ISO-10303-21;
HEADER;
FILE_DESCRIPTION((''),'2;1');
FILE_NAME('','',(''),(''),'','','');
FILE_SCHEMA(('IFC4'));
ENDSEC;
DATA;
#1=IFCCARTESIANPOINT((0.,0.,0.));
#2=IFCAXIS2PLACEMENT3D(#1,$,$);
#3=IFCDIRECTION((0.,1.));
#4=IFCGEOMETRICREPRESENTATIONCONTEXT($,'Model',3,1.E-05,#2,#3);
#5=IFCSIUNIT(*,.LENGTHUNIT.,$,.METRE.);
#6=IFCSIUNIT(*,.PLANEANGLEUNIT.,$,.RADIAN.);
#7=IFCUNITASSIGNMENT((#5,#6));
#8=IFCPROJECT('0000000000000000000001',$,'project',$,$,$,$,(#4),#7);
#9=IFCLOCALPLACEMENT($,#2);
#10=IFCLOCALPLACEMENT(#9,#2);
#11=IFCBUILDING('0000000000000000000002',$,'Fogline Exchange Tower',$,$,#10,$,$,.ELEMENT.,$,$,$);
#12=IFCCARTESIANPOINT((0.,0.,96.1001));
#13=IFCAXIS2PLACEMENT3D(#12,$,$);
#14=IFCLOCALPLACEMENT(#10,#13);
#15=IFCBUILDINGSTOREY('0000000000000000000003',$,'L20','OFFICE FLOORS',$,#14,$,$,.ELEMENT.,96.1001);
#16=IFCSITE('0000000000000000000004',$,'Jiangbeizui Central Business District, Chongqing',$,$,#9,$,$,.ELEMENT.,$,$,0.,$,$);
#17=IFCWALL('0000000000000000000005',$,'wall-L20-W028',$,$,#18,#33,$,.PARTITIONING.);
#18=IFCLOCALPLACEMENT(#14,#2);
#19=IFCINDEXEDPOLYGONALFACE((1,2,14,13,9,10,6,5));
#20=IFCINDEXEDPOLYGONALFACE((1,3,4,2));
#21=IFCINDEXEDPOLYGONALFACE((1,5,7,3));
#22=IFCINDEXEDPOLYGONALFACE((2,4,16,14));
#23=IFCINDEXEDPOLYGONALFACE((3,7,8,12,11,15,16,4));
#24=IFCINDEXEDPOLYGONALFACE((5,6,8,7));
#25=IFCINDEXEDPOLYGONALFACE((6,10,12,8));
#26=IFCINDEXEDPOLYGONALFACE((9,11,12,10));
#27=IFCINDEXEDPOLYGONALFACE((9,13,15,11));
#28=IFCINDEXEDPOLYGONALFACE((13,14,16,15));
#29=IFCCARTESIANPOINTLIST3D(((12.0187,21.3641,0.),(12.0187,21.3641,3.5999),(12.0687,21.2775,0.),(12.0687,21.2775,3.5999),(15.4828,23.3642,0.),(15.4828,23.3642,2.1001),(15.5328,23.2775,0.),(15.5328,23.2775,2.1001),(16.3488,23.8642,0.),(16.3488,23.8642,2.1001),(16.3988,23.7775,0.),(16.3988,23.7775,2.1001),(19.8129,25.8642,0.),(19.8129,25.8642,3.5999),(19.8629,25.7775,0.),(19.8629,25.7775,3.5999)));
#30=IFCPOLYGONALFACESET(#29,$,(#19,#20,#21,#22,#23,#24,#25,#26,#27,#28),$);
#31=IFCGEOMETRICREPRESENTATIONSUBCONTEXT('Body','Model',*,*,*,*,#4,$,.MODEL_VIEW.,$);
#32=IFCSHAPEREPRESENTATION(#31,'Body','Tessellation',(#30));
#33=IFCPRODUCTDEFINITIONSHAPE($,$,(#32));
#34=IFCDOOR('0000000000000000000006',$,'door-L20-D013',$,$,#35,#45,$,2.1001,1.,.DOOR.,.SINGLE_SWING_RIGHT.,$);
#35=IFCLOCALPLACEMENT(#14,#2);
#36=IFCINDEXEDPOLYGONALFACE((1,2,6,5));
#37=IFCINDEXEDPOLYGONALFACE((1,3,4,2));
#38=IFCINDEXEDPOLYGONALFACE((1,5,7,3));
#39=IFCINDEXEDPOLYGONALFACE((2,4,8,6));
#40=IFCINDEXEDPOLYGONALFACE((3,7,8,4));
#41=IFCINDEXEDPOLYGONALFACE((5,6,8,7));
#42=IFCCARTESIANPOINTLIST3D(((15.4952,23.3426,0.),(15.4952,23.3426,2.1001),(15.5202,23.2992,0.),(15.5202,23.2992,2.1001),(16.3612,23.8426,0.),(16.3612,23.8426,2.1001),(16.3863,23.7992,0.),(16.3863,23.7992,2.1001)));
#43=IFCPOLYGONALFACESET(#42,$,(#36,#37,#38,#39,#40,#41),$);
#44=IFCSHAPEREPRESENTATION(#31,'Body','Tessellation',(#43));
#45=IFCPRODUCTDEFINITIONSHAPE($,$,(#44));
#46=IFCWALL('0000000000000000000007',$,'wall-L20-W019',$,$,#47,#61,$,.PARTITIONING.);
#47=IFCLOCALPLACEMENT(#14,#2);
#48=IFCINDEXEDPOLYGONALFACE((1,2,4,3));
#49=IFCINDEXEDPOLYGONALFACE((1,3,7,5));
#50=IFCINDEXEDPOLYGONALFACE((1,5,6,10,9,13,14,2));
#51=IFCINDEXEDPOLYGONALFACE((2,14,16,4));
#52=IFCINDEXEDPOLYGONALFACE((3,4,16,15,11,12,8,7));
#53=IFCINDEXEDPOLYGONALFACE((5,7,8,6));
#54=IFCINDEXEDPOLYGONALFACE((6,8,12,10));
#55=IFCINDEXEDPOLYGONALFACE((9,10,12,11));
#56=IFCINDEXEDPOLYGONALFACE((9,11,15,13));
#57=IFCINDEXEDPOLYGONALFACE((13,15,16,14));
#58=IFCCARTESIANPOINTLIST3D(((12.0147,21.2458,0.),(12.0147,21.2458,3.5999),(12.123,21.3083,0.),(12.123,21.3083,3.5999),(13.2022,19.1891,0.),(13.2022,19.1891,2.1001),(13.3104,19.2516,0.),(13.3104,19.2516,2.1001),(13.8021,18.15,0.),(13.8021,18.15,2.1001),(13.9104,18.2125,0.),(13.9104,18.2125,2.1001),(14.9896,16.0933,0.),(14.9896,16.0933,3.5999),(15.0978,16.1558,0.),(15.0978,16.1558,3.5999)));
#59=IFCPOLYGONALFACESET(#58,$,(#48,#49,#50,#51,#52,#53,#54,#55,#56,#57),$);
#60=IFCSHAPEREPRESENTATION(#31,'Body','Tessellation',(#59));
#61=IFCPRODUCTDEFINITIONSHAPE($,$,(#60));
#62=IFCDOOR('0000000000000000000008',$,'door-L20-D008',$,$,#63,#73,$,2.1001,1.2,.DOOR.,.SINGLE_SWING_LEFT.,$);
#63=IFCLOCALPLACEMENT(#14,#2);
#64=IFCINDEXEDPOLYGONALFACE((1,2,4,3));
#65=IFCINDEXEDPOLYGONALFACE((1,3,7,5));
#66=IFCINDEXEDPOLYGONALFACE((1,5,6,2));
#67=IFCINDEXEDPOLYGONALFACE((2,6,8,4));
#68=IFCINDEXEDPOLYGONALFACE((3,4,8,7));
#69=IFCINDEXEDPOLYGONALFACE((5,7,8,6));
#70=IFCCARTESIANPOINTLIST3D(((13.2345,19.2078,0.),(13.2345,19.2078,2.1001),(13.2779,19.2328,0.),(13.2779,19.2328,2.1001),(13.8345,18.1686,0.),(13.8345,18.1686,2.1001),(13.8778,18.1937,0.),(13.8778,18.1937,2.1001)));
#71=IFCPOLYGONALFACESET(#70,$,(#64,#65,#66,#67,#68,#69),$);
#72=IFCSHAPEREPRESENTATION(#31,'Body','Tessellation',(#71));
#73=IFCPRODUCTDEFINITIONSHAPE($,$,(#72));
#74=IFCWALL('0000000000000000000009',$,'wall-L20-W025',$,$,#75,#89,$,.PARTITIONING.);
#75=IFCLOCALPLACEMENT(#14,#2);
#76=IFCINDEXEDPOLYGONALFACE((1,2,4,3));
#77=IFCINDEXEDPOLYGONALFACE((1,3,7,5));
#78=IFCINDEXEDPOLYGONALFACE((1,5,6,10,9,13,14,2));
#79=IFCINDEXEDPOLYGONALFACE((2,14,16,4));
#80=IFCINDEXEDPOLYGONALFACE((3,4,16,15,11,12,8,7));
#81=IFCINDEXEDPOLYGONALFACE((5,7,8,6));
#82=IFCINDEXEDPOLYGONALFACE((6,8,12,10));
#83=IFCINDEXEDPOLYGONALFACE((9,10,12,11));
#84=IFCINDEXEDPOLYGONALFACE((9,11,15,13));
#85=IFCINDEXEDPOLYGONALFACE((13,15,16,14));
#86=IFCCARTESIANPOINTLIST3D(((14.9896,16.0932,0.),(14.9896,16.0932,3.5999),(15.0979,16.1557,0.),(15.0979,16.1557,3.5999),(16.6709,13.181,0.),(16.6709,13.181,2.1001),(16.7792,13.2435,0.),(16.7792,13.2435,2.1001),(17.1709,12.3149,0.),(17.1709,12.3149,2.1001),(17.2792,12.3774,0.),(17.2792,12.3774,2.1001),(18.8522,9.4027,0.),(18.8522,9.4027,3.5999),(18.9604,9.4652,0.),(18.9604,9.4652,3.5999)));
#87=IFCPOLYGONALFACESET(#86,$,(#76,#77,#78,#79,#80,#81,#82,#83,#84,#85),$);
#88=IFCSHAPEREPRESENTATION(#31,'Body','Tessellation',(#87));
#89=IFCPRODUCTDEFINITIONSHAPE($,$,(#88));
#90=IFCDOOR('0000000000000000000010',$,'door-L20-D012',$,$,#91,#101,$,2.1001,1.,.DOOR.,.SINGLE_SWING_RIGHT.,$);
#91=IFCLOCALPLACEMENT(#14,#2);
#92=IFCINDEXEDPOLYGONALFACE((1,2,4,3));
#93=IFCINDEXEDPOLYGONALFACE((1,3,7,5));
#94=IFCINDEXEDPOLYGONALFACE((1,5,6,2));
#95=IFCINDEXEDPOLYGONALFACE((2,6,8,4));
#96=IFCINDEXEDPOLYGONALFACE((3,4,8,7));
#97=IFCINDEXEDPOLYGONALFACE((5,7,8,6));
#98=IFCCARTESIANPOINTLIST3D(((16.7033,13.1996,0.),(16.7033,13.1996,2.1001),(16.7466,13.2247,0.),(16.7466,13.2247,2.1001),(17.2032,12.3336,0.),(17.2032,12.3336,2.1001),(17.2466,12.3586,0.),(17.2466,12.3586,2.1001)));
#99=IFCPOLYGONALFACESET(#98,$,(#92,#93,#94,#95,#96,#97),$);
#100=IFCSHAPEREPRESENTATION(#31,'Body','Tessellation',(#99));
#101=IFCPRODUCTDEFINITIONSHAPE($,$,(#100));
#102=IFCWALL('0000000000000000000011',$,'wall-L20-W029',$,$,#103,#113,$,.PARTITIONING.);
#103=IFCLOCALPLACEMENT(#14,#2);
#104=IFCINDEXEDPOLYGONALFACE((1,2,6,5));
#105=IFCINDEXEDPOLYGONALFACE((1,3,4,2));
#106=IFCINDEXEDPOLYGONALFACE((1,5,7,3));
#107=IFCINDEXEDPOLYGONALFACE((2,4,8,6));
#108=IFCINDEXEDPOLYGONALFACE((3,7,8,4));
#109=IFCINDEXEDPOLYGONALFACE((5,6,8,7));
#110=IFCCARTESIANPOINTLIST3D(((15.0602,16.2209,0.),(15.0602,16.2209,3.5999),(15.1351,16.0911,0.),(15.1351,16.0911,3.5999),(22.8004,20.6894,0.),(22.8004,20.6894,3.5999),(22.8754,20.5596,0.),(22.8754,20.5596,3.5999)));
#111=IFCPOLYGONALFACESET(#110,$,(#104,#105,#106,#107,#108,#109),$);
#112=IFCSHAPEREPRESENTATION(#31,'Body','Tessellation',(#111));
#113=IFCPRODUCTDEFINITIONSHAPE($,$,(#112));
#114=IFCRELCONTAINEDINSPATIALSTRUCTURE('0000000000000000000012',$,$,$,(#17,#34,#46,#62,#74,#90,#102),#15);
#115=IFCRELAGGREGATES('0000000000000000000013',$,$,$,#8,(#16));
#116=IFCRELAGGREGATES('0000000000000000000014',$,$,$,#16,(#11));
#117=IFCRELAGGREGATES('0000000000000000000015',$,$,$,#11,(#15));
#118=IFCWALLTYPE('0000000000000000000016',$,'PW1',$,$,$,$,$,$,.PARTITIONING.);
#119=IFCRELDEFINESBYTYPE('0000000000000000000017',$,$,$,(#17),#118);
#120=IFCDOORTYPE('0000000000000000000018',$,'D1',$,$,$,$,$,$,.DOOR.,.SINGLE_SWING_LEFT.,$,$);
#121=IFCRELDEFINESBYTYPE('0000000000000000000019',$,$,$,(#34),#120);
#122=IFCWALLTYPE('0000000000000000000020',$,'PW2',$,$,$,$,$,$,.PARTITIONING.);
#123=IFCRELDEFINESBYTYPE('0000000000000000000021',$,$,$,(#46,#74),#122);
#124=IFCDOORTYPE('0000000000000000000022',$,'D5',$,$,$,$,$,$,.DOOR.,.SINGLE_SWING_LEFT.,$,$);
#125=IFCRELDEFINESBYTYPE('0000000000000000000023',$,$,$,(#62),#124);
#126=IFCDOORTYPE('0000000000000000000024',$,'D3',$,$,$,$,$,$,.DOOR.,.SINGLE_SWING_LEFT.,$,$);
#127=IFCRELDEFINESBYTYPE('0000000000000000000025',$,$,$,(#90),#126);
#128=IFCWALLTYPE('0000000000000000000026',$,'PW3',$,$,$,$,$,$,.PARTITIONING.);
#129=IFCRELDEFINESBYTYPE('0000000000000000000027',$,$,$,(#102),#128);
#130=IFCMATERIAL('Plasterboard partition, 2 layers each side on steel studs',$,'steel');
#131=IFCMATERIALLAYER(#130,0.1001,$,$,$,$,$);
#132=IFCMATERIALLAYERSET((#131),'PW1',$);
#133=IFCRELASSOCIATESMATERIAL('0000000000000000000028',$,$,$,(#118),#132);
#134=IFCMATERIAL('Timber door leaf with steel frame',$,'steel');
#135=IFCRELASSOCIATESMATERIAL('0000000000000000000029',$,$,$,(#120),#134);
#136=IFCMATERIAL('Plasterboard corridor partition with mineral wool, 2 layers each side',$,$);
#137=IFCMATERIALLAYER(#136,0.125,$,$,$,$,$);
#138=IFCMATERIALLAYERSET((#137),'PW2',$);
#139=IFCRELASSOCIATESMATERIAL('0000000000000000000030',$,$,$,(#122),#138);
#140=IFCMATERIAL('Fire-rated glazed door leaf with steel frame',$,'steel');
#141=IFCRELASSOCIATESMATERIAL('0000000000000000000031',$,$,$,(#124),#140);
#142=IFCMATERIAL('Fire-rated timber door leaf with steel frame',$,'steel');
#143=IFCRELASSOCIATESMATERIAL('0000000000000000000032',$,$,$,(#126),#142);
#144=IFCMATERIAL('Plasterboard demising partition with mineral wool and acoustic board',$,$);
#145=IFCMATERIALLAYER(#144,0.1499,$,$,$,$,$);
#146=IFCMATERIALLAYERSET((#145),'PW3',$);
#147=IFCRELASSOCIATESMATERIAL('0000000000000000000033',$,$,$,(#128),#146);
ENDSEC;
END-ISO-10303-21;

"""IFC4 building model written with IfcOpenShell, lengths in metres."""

from ifc_helpers import new_model, si_unit, direction, frame, frame_2d, origin, place, context, subcontext, project, spatial, rectangle, extrude, material, layer, layer_set, type_object, element, fill, save


model = new_model("IFC4")

# Units and contexts
model_context = context("Model", 3, precision=1e-05, world=origin(), true_north=direction((0.0, 1.0)))
body_context = subcontext(model_context, "Body", "Model", "MODEL_VIEW")
ifc_project = project(units=[si_unit("LENGTHUNIT", "METRE"), si_unit("PLANEANGLEUNIT", "RADIAN")], contexts=[model_context])

# Site, building, storey
site_placement = place(None, origin())
site = spatial("IfcSite", under=ifc_project, at=site_placement, Name="Jiangbeizui Central Business District, Chongqing", CompositionType="ELEMENT", RefElevation=0.0)
building_placement = place(site_placement, origin())
building = spatial("IfcBuilding", under=site, at=building_placement, Name="Fogline Exchange Tower", CompositionType="ELEMENT")
storey_placement = place(building_placement, frame((0.0, 0.0, 96.1001)))
storey = spatial("IfcBuildingStorey", under=building, at=storey_placement, Name="L20", Description="OFFICE FLOORS", CompositionType="ELEMENT", Elevation=96.1001)

# Walls, openings, doors
ifc_material_1 = material(Name="Plasterboard partition, 2 layers each side on steel studs", Category="steel")
ifc_layer_1 = layer(ifc_material_1, 0.1001)
ifc_layer_set_1 = layer_set([ifc_layer_1], Name="PW1")
wall_type_1 = type_object("IfcWallType", Name="PW1", PredefinedType="PARTITIONING", material=ifc_layer_set_1)
wall_1_placement = place(storey_placement, frame((12.0437, 21.3208, 0.0), z_axis=(0.0, 0.0, 1.0), x_axis=(0.866024, 0.500002, 0.0)))
wall_1 = element("IfcWall", 1, at=wall_1_placement, inside=storey, type_object=wall_type_1, Name="wall-L20-W028", PredefinedType="PARTITIONING", context=body_context, shape_type="SweptSolid", body=[
    extrude(rectangle(XDim=9.0, YDim=0.1001, at=frame_2d((4.5, 0.0))), origin(), (0.0, 0.0, 1.0), 3.5999),
])
opening_1_placement = place(wall_1_placement, frame((4.0, 0.0, 0.0)))
opening_1 = element("IfcOpeningElement", 2, at=opening_1_placement, cuts=wall_1, PredefinedType="OPENING", context=body_context, shape_type="SweptSolid", body=[
    extrude(rectangle(XDim=1.0, YDim=2.1001, at=frame_2d((0.5, 1.05))), frame((0.0, 0.0601, 0.0), z_axis=(0.0, -1.0, 0.0), x_axis=(1.0, 0.0, 0.0)), (0.0, 0.0, 1.0), 0.1201),
])
ifc_material_2 = material(Name="Timber door leaf with steel frame", Category="steel")
door_type_1 = type_object("IfcDoorType", Name="D1", OperationType="SINGLE_SWING_LEFT", PredefinedType="DOOR", material=ifc_material_2)
door_1_placement = place(opening_1_placement, frame((1.0, 0.0, 0.0), z_axis=(0.0, 0.0, 1.0), x_axis=(-1.0, 0.0, 0.0)))
door_1 = element("IfcDoor", 3, at=door_1_placement, inside=storey, type_object=door_type_1, Name="door-L20-D013", OperationType="SINGLE_SWING_RIGHT", OverallHeight=2.1001, OverallWidth=1.0, PredefinedType="DOOR", context=body_context, shape_type="SweptSolid", body=[
    extrude(rectangle(XDim=1.0, YDim=2.1001, at=frame_2d((0.5, 1.05))), frame((0.0, 0.0249, 0.0), z_axis=(0.0, -1.0, 0.0), x_axis=(1.0, 0.0, 0.0)), (0.0, 0.0, 1.0), 0.05),
])
fill(opening_1, door_1)
ifc_material_3 = material(Name="Plasterboard corridor partition with mineral wool, 2 layers each side")
ifc_layer_2 = layer(ifc_material_3, 0.125)
ifc_layer_set_2 = layer_set([ifc_layer_2], Name="PW2")
wall_type_2 = type_object("IfcWallType", Name="PW2", PredefinedType="PARTITIONING", material=ifc_layer_set_2)
wall_2_placement = place(storey_placement, frame((12.0688, 21.2771, 0.0), z_axis=(0.0, 0.0, 1.0), x_axis=(0.500001, -0.866025, 0.0)))
wall_2 = element("IfcWall", 4, at=wall_2_placement, inside=storey, type_object=wall_type_2, Name="wall-L20-W019", PredefinedType="PARTITIONING", context=body_context, shape_type="SweptSolid", body=[
    extrude(rectangle(XDim=5.9497, YDim=0.125, at=frame_2d((2.9749, 0.0))), origin(), (0.0, 0.0, 1.0), 3.5999),
])
opening_2_placement = place(wall_2_placement, frame((2.3748, 0.0, 0.0)))
opening_2 = element("IfcOpeningElement", 5, at=opening_2_placement, cuts=wall_2, PredefinedType="OPENING", context=body_context, shape_type="SweptSolid", body=[
    extrude(rectangle(XDim=1.2, YDim=2.1001, at=frame_2d((0.6001, 1.05))), frame((0.0, 0.0725, 0.0), z_axis=(0.0, -1.0, 0.0), x_axis=(1.0, 0.0, 0.0)), (0.0, 0.0, 1.0), 0.145),
])
ifc_material_4 = material(Name="Fire-rated glazed door leaf with steel frame", Category="steel")
door_type_2 = type_object("IfcDoorType", Name="D5", OperationType="SINGLE_SWING_LEFT", PredefinedType="DOOR", material=ifc_material_4)
door_2_placement = place(opening_2_placement, origin())
door_2 = element("IfcDoor", 6, at=door_2_placement, inside=storey, type_object=door_type_2, Name="door-L20-D008", OperationType="SINGLE_SWING_LEFT", OverallHeight=2.1001, OverallWidth=1.2, PredefinedType="DOOR", context=body_context, shape_type="SweptSolid", body=[
    extrude(rectangle(XDim=1.2, YDim=2.1001, at=frame_2d((0.6001, 1.05))), frame((0.0, 0.0249, 0.0), z_axis=(0.0, -1.0, 0.0), x_axis=(1.0, 0.0, 0.0)), (0.0, 0.0, 1.0), 0.05),
])
fill(opening_2, door_2)
wall_3_placement = place(storey_placement, frame((15.0437, 16.1245, 0.0), z_axis=(0.0, 0.0, 1.0), x_axis=(0.499983, -0.866035, 0.0)))
wall_3 = element("IfcWall", 7, at=wall_3_placement, inside=storey, type_object=wall_type_2, Name="wall-L20-W025", PredefinedType="PARTITIONING", context=body_context, shape_type="SweptSolid", body=[
    extrude(rectangle(XDim=7.7253, YDim=0.125, at=frame_2d((3.8628, 0.0))), origin(), (0.0, 0.0, 1.0), 3.5999),
])
opening_3_placement = place(wall_3_placement, frame((3.3628, 0.0, 0.0)))
opening_3 = element("IfcOpeningElement", 8, at=opening_3_placement, cuts=wall_3, PredefinedType="OPENING", context=body_context, shape_type="SweptSolid", body=[
    extrude(rectangle(XDim=1.0, YDim=2.1001, at=frame_2d((0.5, 1.05))), frame((0.0, 0.0725, 0.0), z_axis=(0.0, -1.0, 0.0), x_axis=(1.0, 0.0, 0.0)), (0.0, 0.0, 1.0), 0.145),
])
ifc_material_5 = material(Name="Fire-rated timber door leaf with steel frame", Category="steel")
door_type_3 = type_object("IfcDoorType", Name="D3", OperationType="SINGLE_SWING_LEFT", PredefinedType="DOOR", material=ifc_material_5)
door_3_placement = place(opening_3_placement, origin())
door_3 = element("IfcDoor", 9, at=door_3_placement, inside=storey, type_object=door_type_3, Name="door-L20-D012", OperationType="SINGLE_SWING_RIGHT", OverallHeight=2.1001, OverallWidth=1.0, PredefinedType="DOOR", context=body_context, shape_type="SweptSolid", body=[
    extrude(rectangle(XDim=1.0, YDim=2.1001, at=frame_2d((0.5, 1.05))), frame((0.0, 0.0249, 0.0), z_axis=(0.0, -1.0, 0.0), x_axis=(1.0, 0.0, 0.0)), (0.0, 0.0, 1.0), 0.05),
])
fill(opening_3, door_3)

# Wall
ifc_material_6 = material(Name="Plasterboard demising partition with mineral wool and acoustic board")
ifc_layer_3 = layer(ifc_material_6, 0.1499)
ifc_layer_set_3 = layer_set([ifc_layer_3], Name="PW3")
wall_type_3 = type_object("IfcWallType", Name="PW3", PredefinedType="PARTITIONING", material=ifc_layer_set_3)
wall_4_placement = place(storey_placement, frame((22.8379, 20.6245, 0.0), z_axis=(0.0, 0.0, 1.0), x_axis=(-0.866041, -0.499973, 0.0)))
element("IfcWall", 10, at=wall_4_placement, inside=storey, type_object=wall_type_3, Name="wall-L20-W029", PredefinedType="PARTITIONING", context=body_context, shape_type="SweptSolid", body=[
    extrude(rectangle(XDim=8.9375, YDim=0.1499, at=frame_2d((4.4688, 0.0))), origin(), (0.0, 0.0, 1.0), 3.5999),
])

save(model, "model.ifc")
